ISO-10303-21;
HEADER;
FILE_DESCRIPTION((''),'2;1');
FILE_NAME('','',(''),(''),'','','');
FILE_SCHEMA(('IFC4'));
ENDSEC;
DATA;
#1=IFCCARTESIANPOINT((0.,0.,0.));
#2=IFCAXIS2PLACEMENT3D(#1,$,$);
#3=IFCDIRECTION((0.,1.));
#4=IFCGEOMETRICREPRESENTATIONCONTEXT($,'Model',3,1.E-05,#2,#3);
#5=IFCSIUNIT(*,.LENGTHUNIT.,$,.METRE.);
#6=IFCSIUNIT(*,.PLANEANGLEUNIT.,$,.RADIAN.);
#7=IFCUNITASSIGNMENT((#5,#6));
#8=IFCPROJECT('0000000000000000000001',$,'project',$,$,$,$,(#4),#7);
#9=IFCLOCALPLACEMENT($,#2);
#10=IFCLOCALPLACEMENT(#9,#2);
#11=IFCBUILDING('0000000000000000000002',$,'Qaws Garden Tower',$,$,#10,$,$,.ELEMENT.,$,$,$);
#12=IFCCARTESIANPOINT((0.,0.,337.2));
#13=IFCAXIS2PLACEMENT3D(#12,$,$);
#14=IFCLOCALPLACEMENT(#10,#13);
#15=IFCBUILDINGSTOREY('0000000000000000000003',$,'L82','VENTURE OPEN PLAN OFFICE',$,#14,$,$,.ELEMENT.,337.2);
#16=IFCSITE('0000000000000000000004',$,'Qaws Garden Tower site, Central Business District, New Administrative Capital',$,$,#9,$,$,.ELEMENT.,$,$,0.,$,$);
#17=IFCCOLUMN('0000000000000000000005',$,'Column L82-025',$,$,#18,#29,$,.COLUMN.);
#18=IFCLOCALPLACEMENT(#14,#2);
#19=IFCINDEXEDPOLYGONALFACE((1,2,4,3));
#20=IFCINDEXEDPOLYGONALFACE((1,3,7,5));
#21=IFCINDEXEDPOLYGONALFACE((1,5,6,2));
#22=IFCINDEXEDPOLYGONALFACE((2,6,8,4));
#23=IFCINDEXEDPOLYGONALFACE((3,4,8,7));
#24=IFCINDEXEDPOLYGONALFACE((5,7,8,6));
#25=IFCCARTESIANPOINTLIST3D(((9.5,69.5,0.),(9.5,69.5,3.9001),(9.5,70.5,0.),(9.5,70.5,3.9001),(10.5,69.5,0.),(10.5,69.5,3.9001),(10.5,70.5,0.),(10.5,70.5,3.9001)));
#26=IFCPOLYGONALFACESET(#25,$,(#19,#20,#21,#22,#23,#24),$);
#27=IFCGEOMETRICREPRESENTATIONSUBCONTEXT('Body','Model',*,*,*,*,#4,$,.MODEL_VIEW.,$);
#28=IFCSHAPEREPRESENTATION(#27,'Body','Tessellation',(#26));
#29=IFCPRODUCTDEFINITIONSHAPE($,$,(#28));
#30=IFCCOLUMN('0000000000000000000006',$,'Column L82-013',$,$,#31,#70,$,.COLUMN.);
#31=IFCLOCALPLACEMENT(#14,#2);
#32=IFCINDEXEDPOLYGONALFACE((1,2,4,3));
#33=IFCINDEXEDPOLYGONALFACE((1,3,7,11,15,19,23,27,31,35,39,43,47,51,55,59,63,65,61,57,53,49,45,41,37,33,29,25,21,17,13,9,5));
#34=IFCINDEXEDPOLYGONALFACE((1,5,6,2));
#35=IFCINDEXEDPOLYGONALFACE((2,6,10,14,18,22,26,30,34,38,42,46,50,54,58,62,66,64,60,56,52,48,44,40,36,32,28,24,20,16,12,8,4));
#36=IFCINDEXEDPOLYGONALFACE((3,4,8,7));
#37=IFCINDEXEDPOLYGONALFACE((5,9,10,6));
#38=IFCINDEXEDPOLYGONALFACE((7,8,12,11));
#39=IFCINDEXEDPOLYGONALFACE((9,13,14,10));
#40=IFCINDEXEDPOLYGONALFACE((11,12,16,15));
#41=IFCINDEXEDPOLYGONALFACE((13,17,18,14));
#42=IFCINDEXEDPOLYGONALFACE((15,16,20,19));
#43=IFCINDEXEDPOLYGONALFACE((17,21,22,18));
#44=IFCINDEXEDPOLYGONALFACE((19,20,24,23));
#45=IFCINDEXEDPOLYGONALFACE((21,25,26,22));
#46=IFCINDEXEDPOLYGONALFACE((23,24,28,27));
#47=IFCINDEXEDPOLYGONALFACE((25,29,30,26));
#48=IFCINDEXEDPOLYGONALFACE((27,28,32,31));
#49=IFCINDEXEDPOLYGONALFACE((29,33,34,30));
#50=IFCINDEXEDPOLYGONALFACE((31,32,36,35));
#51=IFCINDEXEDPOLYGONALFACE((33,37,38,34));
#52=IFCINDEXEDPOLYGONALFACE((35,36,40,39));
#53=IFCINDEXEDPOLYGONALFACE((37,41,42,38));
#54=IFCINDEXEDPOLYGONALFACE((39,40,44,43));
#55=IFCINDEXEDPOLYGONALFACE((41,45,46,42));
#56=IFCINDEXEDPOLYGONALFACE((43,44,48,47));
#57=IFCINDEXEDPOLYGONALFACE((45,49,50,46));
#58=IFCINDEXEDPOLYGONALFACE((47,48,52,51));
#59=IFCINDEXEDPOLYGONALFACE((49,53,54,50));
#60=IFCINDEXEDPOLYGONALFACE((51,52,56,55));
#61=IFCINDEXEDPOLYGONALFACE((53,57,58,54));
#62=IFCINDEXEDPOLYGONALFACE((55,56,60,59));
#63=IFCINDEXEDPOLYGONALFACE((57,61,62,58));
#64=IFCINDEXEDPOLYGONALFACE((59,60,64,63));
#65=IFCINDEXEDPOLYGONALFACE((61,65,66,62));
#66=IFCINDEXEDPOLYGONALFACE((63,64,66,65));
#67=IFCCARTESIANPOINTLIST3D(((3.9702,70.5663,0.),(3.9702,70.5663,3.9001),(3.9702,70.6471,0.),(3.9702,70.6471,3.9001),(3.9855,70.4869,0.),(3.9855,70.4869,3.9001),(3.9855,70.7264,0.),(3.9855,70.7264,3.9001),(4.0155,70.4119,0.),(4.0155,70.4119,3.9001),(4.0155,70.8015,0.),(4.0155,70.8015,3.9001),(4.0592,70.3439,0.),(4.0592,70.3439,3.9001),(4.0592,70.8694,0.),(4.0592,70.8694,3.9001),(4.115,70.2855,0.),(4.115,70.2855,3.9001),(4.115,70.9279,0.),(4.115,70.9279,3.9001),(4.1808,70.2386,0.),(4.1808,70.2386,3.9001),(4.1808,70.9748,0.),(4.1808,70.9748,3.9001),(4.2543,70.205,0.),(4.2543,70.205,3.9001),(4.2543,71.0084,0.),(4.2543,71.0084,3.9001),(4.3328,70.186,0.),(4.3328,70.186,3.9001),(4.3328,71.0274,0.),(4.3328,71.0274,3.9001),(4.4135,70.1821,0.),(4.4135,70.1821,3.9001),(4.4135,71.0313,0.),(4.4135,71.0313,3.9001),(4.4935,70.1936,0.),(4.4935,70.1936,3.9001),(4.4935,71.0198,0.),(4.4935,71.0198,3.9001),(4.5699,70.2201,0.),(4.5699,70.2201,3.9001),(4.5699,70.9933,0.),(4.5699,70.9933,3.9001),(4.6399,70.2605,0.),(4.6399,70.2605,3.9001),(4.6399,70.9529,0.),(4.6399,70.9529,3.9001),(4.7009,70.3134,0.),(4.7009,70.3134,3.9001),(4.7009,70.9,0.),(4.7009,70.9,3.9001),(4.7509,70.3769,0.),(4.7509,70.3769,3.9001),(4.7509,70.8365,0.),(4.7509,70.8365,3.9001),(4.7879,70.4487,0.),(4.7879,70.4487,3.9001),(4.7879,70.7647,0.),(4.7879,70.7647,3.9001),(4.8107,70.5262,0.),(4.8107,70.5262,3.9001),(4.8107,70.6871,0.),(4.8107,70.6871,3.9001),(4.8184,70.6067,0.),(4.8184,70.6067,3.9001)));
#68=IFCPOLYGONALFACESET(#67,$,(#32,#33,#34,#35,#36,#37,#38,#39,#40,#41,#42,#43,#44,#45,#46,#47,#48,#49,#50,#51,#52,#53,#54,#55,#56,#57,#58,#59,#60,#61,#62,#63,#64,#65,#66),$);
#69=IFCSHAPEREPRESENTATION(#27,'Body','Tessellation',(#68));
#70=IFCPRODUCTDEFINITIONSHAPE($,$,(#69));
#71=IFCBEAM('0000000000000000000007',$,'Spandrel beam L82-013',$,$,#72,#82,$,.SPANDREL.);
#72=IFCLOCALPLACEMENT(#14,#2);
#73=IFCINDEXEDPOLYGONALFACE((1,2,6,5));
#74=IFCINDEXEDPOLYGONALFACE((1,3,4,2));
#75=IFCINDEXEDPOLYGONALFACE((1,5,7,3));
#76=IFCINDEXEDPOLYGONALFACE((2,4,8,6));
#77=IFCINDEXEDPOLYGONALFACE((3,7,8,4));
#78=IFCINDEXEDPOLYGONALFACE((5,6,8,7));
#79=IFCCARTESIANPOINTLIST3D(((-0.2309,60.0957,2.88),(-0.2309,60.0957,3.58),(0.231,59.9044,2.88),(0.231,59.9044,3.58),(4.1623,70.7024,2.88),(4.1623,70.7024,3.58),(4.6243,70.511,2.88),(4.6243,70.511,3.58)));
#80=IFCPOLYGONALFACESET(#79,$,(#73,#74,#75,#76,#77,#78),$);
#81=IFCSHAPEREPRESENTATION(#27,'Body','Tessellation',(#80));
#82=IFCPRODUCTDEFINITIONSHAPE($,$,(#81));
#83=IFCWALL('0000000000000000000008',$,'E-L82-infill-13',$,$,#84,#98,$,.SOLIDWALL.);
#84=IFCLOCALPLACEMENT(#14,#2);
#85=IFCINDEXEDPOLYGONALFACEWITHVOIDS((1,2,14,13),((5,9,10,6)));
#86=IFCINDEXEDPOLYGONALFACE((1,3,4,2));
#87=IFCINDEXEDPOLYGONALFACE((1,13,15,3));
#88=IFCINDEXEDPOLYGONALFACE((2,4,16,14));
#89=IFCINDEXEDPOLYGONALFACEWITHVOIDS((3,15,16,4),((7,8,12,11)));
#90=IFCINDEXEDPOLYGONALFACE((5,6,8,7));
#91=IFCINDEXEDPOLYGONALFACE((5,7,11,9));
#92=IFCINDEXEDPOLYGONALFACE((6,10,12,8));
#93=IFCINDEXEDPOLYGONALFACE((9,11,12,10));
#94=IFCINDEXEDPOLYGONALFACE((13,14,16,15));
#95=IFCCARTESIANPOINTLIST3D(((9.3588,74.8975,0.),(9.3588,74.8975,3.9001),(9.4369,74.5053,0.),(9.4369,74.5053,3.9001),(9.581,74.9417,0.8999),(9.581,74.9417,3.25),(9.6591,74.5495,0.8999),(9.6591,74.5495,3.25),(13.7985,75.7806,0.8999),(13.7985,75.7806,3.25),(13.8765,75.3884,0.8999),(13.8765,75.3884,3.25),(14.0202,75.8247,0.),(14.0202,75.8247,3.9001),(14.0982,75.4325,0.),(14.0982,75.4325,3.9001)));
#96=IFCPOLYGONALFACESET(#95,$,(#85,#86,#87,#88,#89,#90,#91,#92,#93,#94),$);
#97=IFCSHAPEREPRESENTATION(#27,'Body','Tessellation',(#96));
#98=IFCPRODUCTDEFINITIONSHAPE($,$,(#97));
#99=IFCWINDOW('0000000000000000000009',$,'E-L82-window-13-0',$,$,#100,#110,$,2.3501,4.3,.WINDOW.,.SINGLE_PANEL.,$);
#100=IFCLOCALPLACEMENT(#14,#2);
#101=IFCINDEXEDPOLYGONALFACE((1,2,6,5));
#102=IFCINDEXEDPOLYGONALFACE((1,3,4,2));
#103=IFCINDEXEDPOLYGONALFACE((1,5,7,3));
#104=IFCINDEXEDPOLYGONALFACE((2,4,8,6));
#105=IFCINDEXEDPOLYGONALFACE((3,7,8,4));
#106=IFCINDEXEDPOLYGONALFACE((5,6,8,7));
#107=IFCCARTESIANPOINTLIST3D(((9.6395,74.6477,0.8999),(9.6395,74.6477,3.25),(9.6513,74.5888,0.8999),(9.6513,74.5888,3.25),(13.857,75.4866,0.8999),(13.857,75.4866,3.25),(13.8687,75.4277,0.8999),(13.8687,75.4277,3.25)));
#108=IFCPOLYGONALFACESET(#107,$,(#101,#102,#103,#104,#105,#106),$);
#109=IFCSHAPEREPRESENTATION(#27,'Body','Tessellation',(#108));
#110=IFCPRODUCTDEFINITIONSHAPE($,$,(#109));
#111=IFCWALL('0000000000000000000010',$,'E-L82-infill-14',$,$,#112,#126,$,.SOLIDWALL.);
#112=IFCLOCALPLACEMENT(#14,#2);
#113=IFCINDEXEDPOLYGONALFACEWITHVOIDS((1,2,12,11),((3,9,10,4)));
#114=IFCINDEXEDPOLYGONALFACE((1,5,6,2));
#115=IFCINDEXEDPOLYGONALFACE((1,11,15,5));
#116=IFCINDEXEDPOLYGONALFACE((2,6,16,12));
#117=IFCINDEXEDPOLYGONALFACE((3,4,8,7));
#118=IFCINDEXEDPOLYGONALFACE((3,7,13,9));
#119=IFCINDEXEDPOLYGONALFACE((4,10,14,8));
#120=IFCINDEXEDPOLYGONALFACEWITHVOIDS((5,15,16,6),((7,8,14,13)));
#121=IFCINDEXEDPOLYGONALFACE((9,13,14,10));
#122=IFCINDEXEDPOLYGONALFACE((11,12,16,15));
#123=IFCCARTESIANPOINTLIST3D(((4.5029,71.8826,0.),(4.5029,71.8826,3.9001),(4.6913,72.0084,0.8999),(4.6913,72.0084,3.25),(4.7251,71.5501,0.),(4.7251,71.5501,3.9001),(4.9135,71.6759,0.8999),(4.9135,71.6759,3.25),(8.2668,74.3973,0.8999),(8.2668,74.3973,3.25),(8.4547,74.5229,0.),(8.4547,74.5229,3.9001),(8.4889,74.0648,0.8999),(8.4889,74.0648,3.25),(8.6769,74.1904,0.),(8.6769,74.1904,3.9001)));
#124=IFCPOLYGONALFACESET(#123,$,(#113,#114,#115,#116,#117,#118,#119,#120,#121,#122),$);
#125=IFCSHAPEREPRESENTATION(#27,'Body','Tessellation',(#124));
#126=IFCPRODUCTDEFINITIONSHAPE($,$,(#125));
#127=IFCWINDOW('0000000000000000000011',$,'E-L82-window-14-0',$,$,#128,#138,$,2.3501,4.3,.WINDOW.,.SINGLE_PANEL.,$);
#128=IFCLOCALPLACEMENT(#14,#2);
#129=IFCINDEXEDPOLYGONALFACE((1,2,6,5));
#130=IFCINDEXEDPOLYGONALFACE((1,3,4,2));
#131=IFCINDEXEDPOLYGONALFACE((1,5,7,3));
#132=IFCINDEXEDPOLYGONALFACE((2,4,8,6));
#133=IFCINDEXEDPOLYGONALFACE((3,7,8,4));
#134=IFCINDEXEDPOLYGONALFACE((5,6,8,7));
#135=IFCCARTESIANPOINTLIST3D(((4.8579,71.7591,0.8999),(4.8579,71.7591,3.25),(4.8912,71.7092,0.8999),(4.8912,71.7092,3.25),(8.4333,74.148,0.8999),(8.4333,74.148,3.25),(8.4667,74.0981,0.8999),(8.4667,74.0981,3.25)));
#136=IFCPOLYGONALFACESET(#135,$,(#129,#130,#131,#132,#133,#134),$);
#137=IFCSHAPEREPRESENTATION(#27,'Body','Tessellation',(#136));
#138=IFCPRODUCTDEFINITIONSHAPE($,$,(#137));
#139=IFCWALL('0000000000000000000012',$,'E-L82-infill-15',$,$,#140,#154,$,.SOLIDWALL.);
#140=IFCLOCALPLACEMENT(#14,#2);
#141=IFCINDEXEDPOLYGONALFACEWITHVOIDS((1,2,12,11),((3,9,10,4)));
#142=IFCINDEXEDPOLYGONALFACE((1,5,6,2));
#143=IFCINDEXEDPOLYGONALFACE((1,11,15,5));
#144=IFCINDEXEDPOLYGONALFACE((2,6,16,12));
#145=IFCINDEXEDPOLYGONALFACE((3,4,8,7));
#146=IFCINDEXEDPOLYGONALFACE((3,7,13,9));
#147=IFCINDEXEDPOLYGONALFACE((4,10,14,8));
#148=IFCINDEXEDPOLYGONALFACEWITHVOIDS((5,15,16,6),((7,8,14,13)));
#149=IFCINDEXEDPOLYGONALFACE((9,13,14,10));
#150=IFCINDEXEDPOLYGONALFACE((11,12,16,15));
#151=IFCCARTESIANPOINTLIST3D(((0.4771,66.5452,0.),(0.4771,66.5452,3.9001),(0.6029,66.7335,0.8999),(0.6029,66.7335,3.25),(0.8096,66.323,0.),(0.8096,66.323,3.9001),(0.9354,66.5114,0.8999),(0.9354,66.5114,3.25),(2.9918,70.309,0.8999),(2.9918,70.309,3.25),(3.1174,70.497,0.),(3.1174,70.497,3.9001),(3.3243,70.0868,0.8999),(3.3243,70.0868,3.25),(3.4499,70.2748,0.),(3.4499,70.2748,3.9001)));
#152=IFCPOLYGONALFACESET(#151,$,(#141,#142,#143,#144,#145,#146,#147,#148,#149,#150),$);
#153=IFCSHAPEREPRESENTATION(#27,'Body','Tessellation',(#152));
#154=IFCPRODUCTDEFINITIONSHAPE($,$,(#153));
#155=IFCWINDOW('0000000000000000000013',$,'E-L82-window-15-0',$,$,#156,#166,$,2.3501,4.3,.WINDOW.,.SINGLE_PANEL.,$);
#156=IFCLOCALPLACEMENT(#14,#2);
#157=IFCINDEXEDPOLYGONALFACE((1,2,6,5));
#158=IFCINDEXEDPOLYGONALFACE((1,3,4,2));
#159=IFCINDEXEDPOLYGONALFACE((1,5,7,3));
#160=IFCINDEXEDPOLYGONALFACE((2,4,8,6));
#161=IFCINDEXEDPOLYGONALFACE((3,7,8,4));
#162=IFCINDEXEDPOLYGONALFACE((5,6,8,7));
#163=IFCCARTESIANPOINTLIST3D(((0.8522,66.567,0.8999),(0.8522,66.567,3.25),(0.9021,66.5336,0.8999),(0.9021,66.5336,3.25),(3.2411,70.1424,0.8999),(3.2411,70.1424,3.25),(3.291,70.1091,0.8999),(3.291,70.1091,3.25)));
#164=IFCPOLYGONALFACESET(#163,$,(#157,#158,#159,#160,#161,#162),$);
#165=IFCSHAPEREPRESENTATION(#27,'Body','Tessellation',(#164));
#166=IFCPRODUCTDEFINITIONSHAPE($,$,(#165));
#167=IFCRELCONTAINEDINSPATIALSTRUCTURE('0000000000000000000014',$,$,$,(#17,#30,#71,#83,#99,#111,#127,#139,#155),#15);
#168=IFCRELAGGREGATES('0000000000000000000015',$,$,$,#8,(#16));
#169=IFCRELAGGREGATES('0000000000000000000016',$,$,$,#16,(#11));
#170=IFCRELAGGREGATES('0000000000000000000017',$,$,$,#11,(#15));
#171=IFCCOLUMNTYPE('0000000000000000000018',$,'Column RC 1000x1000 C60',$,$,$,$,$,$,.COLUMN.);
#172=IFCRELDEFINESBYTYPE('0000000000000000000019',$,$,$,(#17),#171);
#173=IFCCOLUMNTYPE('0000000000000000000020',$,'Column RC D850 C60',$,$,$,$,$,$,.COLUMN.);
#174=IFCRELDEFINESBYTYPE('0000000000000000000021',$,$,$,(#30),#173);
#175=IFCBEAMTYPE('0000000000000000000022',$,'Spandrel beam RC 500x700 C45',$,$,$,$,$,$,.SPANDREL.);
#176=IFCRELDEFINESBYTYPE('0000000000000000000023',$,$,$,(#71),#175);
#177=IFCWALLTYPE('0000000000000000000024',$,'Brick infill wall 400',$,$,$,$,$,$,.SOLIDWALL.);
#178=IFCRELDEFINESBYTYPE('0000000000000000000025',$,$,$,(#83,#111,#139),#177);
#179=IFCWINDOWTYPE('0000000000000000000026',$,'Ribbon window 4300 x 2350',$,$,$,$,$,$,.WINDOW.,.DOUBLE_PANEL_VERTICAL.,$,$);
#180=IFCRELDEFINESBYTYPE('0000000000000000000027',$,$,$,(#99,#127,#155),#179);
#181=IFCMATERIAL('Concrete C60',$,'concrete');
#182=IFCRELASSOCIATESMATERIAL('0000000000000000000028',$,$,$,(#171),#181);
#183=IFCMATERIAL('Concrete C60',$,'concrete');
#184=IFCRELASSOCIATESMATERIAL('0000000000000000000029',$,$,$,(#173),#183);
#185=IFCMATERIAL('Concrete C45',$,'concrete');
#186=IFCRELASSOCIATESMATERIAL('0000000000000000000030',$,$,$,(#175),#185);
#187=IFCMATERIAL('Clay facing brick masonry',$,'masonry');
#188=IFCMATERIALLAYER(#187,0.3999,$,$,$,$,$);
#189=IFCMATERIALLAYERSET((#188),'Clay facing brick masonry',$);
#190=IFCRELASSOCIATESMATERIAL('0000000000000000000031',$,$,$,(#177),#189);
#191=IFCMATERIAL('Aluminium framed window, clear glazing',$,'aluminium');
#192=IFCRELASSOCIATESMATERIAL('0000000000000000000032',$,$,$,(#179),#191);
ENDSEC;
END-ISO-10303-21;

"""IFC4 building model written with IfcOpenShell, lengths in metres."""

from ifc_helpers import new_model, si_unit, direction, frame, frame_2d, origin, origin_2d, place, context, subcontext, project, spatial, rectangle, circle, extrude, material, layer, layer_set, material_profile, profile_set, type_object, element, fill, save


model = new_model("IFC4")

# Units and contexts
model_context = context("Model", 3, precision=1e-05, world=origin(), true_north=direction((0.0, 1.0)))
body_context = subcontext(model_context, "Body", "Model", "MODEL_VIEW")
ifc_project = project(units=[si_unit("LENGTHUNIT", "METRE"), si_unit("PLANEANGLEUNIT", "RADIAN")], contexts=[model_context])

# Site, building, storey
site_placement = place(None, origin())
site = spatial("IfcSite", under=ifc_project, at=site_placement, Name="Qaws Garden Tower site, Central Business District, New Administrative Capital", CompositionType="ELEMENT", RefElevation=0.0)
building_placement = place(site_placement, origin())
building = spatial("IfcBuilding", under=site, at=building_placement, Name="Qaws Garden Tower", CompositionType="ELEMENT")
storey_placement = place(building_placement, frame((0.0, 0.0, 337.2)))
storey = spatial("IfcBuildingStorey", under=building, at=storey_placement, Name="L82", Description="VENTURE OPEN PLAN OFFICE", CompositionType="ELEMENT", Elevation=337.2)

# Columns
ifc_material_1 = material(Name="Concrete C60", Category="concrete")
ifc_material_profile_1 = material_profile(ifc_material_1, rectangle(XDim=1.0, YDim=1.0, at=origin_2d()), Name="RC 1000x1000")
ifc_profile_set_1 = profile_set([ifc_material_profile_1], Name="Concrete C60")
column_type_1 = type_object("IfcColumnType", Name="Column RC 1000x1000 C60", PredefinedType="COLUMN", material=ifc_profile_set_1)
column_1_placement = place(storey_placement, frame((10.0, 70.0, 0.0), z_axis=(0.0, 0.0, 1.0), x_axis=(1.0, 0.0, 0.0)))
element("IfcColumn", 1, at=column_1_placement, inside=storey, type_object=column_type_1, Name="Column L82-025", PredefinedType="COLUMN", context=body_context, shape_type="SweptSolid", body=[
    extrude(rectangle(XDim=1.0, YDim=1.0, at=origin_2d()), origin(), (0.0, 0.0, 1.0), 3.9001),
])
ifc_material_2 = material(Name="Concrete C60", Category="concrete")
ifc_material_profile_2 = material_profile(ifc_material_2, circle(Radius=0.425, at=origin_2d()), Name="RC D850")
ifc_profile_set_2 = profile_set([ifc_material_profile_2], Name="Concrete C60")
column_type_2 = type_object("IfcColumnType", Name="Column RC D850 C60", PredefinedType="COLUMN", material=ifc_profile_set_2)
column_2_placement = place(storey_placement, frame((4.3933, 70.6067, 0.0), z_axis=(0.0, 0.0, 1.0), x_axis=(1.0, 0.0, 0.0)))
element("IfcColumn", 2, at=column_2_placement, inside=storey, type_object=column_type_2, Name="Column L82-013", PredefinedType="COLUMN", context=body_context, shape_type="SweptSolid", body=[
    extrude(circle(Radius=0.425, at=origin_2d()), origin(), (0.0, 0.0, 1.0), 3.9001),
])

# Beam
ifc_material_3 = material(Name="Concrete C45", Category="concrete")
ifc_material_profile_3 = material_profile(ifc_material_3, rectangle(XDim=0.5, YDim=0.7, at=origin_2d()), Name="RC 500x700")
ifc_profile_set_3 = profile_set([ifc_material_profile_3], Name="Concrete C45")
beam_type = type_object("IfcBeamType", Name="Spandrel beam RC 500x700 C45", PredefinedType="SPANDREL", material=ifc_profile_set_3)
beam_placement = place(storey_placement, frame((4.3933, 70.6067, 3.23), z_axis=(-0.382674, -0.923883, 0.0), x_axis=(0.923883, -0.382674, 0.0)))
element("IfcBeam", 3, at=beam_placement, inside=storey, type_object=beam_type, Name="Spandrel beam L82-013", PredefinedType="SPANDREL", context=body_context, shape_type="SweptSolid", body=[
    extrude(rectangle(XDim=0.5, YDim=0.7, at=origin_2d()), origin(), (0.0, 0.0, 1.0), 11.4805),
])

# Walls, openings, windows
ifc_material_4 = material(Name="Clay facing brick masonry", Category="masonry")
ifc_layer_1 = layer(ifc_material_4, 0.3999)
ifc_layer_set_1 = layer_set([ifc_layer_1], Name="Clay facing brick masonry")
wall_type_1 = type_object("IfcWallType", Name="Brick infill wall 400", PredefinedType="SOLIDWALL", material=ifc_layer_set_1)
wall_1_placement = place(storey_placement, frame((14.0593, 75.6287, 0.0), z_axis=(0.0, 0.0, 1.0), x_axis=(-0.980784, -0.195099, 0.0)))
wall_1 = element("IfcWall", 4, at=wall_1_placement, inside=storey, type_object=wall_type_1, Name="E-L82-infill-13", PredefinedType="SOLIDWALL", context=body_context, shape_type="SweptSolid", body=[
    extrude(rectangle(XDim=4.7527, YDim=0.3999, at=frame_2d((2.3765, 0.0))), origin(), (0.0, 0.0, 1.0), 3.9001),
])
opening_1_placement = place(wall_1_placement, frame((0.2263, 0.0, 0.8999)))
opening_1 = element("IfcOpeningElement", 5, at=opening_1_placement, cuts=wall_1, PredefinedType="OPENING", context=body_context, shape_type="SweptSolid", body=[
    extrude(rectangle(XDim=4.3, YDim=2.3501, at=frame_2d((2.1499, 1.175))), frame((0.0, 0.21, 0.0), z_axis=(0.0, -1.0, 0.0), x_axis=(1.0, 0.0, 0.0)), (0.0, 0.0, 1.0), 0.4199),
])
ifc_material_5 = material(Name="Aluminium framed window, clear glazing", Category="aluminium")
window_type = type_object("IfcWindowType", Name="Ribbon window 4300 x 2350", PartitioningType="DOUBLE_PANEL_VERTICAL", PredefinedType="WINDOW", material=ifc_material_5)
window_1_placement = place(opening_1_placement, origin())
window_1 = element("IfcWindow", 6, at=window_1_placement, inside=storey, type_object=window_type, Name="E-L82-window-13-0", OverallHeight=2.3501, OverallWidth=4.3, PartitioningType="SINGLE_PANEL", PredefinedType="WINDOW", context=body_context, shape_type="SweptSolid", body=[
    extrude(rectangle(XDim=4.3, YDim=2.3501, at=frame_2d((2.1499, 1.175))), frame((0.0, 0.1599, 0.0), z_axis=(0.0, -1.0, 0.0), x_axis=(1.0, 0.0, 0.0)), (0.0, 0.0, 1.0), 0.0601),
])
fill(opening_1, window_1)
wall_2_placement = place(storey_placement, frame((8.5659, 74.3567, 0.0), z_axis=(0.0, 0.0, 1.0), x_axis=(-0.831489, -0.555542, 0.0)))
wall_2 = element("IfcWall", 7, at=wall_2_placement, inside=storey, type_object=wall_type_1, Name="E-L82-infill-14", PredefinedType="SOLIDWALL", context=body_context, shape_type="SweptSolid", body=[
    extrude(rectangle(XDim=4.7527, YDim=0.3999, at=frame_2d((2.3765, 0.0))), origin(), (0.0, 0.0, 1.0), 3.9001),
])
opening_2_placement = place(wall_2_placement, frame((0.2263, 0.0, 0.8999)))
opening_2 = element("IfcOpeningElement", 8, at=opening_2_placement, cuts=wall_2, PredefinedType="OPENING", context=body_context, shape_type="SweptSolid", body=[
    extrude(rectangle(XDim=4.3, YDim=2.3501, at=frame_2d((2.1499, 1.175))), frame((0.0, 0.21, 0.0), z_axis=(0.0, -1.0, 0.0), x_axis=(1.0, 0.0, 0.0)), (0.0, 0.0, 1.0), 0.4199),
])
window_2_placement = place(opening_2_placement, origin())
window_2 = element("IfcWindow", 9, at=window_2_placement, inside=storey, type_object=window_type, Name="E-L82-window-14-0", OverallHeight=2.3501, OverallWidth=4.3, PartitioningType="SINGLE_PANEL", PredefinedType="WINDOW", context=body_context, shape_type="SweptSolid", body=[
    extrude(rectangle(XDim=4.3, YDim=2.3501, at=frame_2d((2.1499, 1.175))), frame((0.0, 0.1599, 0.0), z_axis=(0.0, -1.0, 0.0), x_axis=(1.0, 0.0, 0.0)), (0.0, 0.0, 1.0), 0.0601),
])
fill(opening_2, window_2)
wall_3_placement = place(storey_placement, frame((3.2837, 70.386, 0.0), z_axis=(0.0, 0.0, 1.0), x_axis=(-0.555542, -0.831489, 0.0)))
wall_3 = element("IfcWall", 10, at=wall_3_placement, inside=storey, type_object=wall_type_1, Name="E-L82-infill-15", PredefinedType="SOLIDWALL", context=body_context, shape_type="SweptSolid", body=[
    extrude(rectangle(XDim=4.7527, YDim=0.3999, at=frame_2d((2.3765, 0.0))), origin(), (0.0, 0.0, 1.0), 3.9001),
])
opening_3_placement = place(wall_3_placement, frame((0.2263, 0.0, 0.8999)))
opening_3 = element("IfcOpeningElement", 11, at=opening_3_placement, cuts=wall_3, PredefinedType="OPENING", context=body_context, shape_type="SweptSolid", body=[
    extrude(rectangle(XDim=4.3, YDim=2.3501, at=frame_2d((2.1499, 1.175))), frame((0.0, 0.21, 0.0), z_axis=(0.0, -1.0, 0.0), x_axis=(1.0, 0.0, 0.0)), (0.0, 0.0, 1.0), 0.4199),
])
window_3_placement = place(opening_3_placement, origin())
window_3 = element("IfcWindow", 12, at=window_3_placement, inside=storey, type_object=window_type, Name="E-L82-window-15-0", OverallHeight=2.3501, OverallWidth=4.3, PartitioningType="SINGLE_PANEL", PredefinedType="WINDOW", context=body_context, shape_type="SweptSolid", body=[
    extrude(rectangle(XDim=4.3, YDim=2.3501, at=frame_2d((2.1499, 1.175))), frame((0.0, 0.1599, 0.0), z_axis=(0.0, -1.0, 0.0), x_axis=(1.0, 0.0, 0.0)), (0.0, 0.0, 1.0), 0.0601),
])
fill(opening_3, window_3)

save(model, "model.ifc")
